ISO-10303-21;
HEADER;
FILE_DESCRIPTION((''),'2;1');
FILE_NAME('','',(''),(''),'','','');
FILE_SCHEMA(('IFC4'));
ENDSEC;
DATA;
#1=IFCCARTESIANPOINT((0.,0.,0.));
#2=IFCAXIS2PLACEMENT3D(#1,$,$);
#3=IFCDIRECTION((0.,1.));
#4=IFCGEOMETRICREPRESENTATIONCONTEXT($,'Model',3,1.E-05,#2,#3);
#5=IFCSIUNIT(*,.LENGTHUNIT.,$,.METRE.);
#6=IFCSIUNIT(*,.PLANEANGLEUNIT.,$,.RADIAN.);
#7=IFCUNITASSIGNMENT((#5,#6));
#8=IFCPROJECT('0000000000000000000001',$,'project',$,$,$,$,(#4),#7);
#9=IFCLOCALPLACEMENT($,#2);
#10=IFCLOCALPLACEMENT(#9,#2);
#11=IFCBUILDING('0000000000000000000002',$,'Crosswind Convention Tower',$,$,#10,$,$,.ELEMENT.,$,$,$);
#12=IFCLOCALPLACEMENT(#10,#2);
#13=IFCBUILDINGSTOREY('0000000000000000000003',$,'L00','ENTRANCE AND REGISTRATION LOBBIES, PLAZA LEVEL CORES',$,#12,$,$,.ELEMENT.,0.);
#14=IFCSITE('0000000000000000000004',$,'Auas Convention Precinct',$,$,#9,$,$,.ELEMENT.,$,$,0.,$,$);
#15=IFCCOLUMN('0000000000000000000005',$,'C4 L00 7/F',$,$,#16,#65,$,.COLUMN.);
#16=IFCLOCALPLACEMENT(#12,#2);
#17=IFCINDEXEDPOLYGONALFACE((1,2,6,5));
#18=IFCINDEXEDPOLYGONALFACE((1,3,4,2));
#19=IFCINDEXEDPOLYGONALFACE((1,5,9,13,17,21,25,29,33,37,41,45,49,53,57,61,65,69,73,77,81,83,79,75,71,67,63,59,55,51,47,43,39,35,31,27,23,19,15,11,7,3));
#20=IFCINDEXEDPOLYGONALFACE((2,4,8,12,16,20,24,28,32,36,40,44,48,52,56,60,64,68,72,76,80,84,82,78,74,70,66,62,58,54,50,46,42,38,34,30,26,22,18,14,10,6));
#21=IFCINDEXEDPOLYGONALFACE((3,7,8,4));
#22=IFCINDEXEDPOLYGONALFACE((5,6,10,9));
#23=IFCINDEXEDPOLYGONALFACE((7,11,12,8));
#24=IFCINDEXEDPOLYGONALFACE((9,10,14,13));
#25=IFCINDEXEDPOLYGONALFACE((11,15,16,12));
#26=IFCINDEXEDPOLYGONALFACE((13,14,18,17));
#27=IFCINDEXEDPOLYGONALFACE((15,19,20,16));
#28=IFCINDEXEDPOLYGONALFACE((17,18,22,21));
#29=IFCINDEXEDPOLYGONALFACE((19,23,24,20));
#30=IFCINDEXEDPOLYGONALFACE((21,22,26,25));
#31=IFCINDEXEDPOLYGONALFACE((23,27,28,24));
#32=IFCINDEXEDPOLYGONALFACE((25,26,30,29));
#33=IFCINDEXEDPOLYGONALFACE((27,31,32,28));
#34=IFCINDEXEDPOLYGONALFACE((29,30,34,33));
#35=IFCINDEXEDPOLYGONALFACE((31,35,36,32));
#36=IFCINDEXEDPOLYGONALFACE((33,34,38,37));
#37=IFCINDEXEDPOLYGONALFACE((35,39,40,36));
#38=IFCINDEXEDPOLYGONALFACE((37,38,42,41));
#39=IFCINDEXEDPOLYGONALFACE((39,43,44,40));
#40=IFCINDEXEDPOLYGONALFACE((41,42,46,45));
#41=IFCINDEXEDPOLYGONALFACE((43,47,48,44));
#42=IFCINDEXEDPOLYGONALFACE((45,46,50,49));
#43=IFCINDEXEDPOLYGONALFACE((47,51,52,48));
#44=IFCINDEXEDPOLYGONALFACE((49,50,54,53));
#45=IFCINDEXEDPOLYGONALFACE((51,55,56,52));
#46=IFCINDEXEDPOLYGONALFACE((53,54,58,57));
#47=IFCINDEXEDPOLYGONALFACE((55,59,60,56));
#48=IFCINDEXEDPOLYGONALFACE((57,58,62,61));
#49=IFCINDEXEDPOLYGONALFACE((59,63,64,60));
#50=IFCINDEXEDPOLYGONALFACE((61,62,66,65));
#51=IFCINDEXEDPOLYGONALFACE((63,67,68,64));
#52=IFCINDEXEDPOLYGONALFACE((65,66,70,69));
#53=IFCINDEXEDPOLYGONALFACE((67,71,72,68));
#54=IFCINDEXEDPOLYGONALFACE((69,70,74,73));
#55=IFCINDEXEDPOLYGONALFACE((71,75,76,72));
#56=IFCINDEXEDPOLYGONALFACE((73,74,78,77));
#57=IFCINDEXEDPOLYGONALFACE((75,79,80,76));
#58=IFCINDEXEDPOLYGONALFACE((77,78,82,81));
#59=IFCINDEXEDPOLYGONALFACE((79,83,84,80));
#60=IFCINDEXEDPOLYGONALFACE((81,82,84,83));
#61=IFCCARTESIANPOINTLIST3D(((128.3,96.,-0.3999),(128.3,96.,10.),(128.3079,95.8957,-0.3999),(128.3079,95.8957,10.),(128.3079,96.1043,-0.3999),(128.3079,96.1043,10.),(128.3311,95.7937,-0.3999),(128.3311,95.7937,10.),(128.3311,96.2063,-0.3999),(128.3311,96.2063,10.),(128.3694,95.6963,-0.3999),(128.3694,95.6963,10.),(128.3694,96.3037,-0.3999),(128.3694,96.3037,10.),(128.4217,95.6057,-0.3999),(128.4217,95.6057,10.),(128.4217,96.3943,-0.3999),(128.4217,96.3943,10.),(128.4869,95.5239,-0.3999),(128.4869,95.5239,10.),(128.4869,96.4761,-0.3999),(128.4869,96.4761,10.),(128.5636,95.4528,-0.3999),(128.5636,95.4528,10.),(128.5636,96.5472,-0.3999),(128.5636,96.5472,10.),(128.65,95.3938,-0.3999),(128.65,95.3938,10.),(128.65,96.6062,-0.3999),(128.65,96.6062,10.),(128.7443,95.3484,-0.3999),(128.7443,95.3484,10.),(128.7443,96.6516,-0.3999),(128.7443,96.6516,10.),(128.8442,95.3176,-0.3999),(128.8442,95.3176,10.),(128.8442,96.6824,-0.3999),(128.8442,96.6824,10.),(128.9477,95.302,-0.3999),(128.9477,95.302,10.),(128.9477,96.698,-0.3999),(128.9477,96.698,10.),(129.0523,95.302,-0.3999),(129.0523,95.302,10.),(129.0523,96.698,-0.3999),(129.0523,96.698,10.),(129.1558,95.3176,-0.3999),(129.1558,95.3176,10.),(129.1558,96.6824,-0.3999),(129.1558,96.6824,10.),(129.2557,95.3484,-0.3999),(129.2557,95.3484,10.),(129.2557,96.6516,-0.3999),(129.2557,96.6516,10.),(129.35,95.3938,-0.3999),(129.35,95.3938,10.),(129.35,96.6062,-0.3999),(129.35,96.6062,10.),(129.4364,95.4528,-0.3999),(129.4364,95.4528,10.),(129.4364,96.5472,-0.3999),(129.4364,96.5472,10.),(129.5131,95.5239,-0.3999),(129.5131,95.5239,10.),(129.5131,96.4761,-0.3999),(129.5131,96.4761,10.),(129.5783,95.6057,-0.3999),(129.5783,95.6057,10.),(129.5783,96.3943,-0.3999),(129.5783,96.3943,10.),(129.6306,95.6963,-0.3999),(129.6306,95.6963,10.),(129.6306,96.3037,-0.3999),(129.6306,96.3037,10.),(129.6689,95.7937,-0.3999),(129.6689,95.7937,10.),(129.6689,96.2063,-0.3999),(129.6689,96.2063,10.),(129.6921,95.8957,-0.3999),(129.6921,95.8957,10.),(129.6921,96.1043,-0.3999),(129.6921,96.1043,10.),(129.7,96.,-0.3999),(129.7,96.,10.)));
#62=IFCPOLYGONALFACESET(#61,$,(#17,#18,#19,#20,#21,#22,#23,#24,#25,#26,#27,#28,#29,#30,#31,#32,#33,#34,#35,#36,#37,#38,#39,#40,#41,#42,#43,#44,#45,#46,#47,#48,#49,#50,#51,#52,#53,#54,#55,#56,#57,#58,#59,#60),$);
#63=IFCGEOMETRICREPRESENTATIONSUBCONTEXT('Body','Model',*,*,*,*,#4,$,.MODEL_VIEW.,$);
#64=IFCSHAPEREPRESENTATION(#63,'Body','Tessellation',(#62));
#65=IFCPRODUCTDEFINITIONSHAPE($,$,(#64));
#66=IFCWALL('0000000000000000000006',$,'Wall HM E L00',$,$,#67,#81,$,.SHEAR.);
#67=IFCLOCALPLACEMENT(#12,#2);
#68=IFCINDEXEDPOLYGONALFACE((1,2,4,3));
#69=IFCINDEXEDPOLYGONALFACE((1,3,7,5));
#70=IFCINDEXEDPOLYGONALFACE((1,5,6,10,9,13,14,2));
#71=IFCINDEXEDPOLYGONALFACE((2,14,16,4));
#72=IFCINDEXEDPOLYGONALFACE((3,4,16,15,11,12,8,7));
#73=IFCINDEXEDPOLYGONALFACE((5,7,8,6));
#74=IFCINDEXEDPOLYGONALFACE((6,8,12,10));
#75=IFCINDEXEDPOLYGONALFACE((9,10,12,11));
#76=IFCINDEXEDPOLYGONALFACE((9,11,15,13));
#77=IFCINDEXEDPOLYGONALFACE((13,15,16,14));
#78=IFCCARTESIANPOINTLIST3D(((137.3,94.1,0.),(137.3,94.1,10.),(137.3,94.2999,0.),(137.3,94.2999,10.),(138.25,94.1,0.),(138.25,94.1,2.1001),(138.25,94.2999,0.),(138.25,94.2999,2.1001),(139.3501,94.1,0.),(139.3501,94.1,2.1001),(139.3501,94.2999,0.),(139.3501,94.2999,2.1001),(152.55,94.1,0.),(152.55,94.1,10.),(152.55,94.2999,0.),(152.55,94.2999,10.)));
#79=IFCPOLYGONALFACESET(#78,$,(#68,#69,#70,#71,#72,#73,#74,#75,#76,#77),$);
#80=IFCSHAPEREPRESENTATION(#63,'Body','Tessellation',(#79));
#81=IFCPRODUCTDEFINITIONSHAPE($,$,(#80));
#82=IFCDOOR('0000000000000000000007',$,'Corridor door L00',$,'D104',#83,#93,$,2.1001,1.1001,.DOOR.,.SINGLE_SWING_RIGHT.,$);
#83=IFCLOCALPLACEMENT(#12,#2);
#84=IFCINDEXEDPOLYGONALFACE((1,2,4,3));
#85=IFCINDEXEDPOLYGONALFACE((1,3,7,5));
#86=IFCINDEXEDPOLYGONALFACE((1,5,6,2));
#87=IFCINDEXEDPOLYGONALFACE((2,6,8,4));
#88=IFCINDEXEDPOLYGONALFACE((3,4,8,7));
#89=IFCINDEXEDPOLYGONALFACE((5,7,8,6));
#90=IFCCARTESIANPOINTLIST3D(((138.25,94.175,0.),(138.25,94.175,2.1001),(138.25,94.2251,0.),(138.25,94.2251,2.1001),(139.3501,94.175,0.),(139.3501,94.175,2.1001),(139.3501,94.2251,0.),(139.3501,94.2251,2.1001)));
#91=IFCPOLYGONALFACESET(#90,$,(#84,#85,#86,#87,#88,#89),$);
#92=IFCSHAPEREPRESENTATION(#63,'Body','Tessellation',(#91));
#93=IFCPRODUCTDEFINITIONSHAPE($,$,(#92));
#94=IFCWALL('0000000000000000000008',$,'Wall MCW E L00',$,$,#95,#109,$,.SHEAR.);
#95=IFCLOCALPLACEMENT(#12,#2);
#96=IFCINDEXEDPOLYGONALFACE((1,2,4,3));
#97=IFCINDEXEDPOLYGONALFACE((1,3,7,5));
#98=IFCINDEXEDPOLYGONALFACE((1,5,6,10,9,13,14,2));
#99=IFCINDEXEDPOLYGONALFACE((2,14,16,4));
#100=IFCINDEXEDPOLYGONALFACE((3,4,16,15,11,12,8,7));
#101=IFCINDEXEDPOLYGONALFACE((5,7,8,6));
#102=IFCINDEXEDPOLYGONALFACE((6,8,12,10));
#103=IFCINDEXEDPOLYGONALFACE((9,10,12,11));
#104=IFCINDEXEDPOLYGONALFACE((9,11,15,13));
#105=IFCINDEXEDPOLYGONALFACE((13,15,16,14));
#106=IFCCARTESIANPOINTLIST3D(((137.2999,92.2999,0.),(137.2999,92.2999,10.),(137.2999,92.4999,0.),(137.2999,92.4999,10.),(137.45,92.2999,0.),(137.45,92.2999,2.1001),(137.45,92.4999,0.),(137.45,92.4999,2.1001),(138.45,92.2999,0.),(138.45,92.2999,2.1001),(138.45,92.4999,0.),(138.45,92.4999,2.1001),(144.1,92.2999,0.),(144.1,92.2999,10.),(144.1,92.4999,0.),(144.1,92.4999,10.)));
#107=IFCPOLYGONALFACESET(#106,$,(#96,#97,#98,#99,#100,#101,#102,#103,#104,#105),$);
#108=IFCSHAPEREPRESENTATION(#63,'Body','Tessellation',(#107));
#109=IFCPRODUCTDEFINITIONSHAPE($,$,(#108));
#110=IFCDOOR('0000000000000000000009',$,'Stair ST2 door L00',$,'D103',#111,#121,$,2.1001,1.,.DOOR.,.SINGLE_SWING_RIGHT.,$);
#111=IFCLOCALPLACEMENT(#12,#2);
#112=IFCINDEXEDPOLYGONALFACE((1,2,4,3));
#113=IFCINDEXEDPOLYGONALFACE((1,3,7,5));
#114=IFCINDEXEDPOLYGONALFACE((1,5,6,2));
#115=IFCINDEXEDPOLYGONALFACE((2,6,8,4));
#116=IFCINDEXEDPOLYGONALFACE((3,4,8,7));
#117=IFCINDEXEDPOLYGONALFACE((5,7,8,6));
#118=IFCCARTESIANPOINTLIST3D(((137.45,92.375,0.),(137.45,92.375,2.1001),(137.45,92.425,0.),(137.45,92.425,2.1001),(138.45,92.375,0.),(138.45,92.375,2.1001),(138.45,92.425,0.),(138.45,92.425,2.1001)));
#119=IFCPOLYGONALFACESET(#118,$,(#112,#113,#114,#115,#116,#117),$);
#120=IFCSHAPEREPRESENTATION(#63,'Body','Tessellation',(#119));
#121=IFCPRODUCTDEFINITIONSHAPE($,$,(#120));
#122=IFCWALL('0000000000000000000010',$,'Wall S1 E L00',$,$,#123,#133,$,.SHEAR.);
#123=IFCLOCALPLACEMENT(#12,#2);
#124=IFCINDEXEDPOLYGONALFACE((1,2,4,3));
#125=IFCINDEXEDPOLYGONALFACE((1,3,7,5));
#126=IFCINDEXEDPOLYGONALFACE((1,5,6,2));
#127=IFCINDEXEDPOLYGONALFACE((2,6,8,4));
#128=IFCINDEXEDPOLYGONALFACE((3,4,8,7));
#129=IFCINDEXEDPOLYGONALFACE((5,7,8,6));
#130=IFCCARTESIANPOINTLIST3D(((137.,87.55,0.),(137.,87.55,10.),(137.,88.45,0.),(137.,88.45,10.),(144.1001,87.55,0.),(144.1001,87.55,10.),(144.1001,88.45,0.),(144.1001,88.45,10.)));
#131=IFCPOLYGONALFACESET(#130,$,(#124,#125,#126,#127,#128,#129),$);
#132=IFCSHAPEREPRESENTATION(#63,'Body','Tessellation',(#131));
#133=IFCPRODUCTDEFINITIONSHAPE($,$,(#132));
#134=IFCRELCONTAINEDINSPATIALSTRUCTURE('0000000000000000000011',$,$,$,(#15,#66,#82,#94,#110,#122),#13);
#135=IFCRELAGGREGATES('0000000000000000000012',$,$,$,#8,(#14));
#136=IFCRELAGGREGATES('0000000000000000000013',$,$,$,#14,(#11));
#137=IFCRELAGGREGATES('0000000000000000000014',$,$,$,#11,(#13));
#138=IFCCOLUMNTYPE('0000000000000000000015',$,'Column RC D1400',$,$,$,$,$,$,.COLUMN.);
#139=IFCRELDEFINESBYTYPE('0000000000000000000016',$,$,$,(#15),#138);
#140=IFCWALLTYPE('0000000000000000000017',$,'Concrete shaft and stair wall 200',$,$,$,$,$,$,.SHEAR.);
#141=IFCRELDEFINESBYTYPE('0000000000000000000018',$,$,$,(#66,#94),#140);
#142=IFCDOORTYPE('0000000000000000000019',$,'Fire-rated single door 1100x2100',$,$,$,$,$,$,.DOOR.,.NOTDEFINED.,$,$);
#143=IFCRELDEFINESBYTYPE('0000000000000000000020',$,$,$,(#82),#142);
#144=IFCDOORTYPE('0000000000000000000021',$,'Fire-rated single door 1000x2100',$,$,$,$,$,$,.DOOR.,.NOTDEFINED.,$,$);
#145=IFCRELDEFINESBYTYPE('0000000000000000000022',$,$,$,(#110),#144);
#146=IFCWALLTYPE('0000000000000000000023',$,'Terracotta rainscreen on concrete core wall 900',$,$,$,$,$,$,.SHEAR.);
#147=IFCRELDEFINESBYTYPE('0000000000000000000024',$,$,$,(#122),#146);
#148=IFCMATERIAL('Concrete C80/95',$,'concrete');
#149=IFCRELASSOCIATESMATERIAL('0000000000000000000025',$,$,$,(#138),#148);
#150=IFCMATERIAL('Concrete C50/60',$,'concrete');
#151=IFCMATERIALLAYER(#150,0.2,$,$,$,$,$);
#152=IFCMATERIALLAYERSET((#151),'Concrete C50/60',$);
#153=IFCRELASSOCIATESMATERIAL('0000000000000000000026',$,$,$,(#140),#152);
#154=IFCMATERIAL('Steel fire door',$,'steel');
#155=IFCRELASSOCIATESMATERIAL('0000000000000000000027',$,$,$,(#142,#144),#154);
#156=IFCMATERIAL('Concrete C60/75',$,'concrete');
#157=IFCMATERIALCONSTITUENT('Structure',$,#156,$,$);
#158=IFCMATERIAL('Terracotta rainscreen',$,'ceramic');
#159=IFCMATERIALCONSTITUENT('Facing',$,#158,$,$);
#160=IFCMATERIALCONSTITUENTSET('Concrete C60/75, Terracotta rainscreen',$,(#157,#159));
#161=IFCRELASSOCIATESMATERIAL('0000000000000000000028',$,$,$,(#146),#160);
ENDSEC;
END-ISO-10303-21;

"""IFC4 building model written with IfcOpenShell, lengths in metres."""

from ifc_helpers import new_model, si_unit, direction, frame, frame_2d, origin, origin_2d, place, context, subcontext, project, spatial, rectangle, circle, extrude, material, layer, layer_set, constituent, constituent_set, material_profile, profile_set, type_object, element, fill, save


model = new_model("IFC4")

# Units and contexts
model_context = context("Model", 3, precision=1e-05, world=origin(), true_north=direction((0.0, 1.0)))
body_context = subcontext(model_context, "Body", "Model", "MODEL_VIEW")
ifc_project = project(units=[si_unit("LENGTHUNIT", "METRE"), si_unit("PLANEANGLEUNIT", "RADIAN")], contexts=[model_context])

# Site, building, storey
site_placement = place(None, origin())
site = spatial("IfcSite", under=ifc_project, at=site_placement, Name="Auas Convention Precinct", CompositionType="ELEMENT", RefElevation=0.0)
building_placement = place(site_placement, origin())
building = spatial("IfcBuilding", under=site, at=building_placement, Name="Crosswind Convention Tower", CompositionType="ELEMENT")
storey_placement = place(building_placement, origin())
storey = spatial("IfcBuildingStorey", under=building, at=storey_placement, Name="L00", Description="ENTRANCE AND REGISTRATION LOBBIES, PLAZA LEVEL CORES", CompositionType="ELEMENT", Elevation=0.0)

# Column
ifc_material_1 = material(Name="Concrete C80/95", Category="concrete")
ifc_material_profile_1 = material_profile(ifc_material_1, circle(Radius=0.7, at=origin_2d()), Name="RC D1400")
ifc_profile_set_1 = profile_set([ifc_material_profile_1], Name="Concrete C80/95")
column_type = type_object("IfcColumnType", Name="Column RC D1400", PredefinedType="COLUMN", material=ifc_profile_set_1)
column_placement = place(storey_placement, frame((129.0, 96.0, -0.3999), z_axis=(0.0, 0.0, 1.0), x_axis=(1.0, 0.0, 0.0)))
element("IfcColumn", 1, at=column_placement, inside=storey, type_object=column_type, Name="C4 L00 7/F", PredefinedType="COLUMN", context=body_context, shape_type="SweptSolid", body=[
    extrude(circle(Radius=0.7, at=origin_2d()), origin(), (0.0, 0.0, 1.0), 10.3999),
])

# Shared definitions
ifc_material_2 = material(Name="Concrete C50/60", Category="concrete")

# Walls, openings, doors
ifc_layer_1 = layer(ifc_material_2, 0.2)
ifc_layer_set_1 = layer_set([ifc_layer_1], Name="Concrete C50/60")
wall_type_1 = type_object("IfcWallType", Name="Concrete shaft and stair wall 200", PredefinedType="SHEAR", material=ifc_layer_set_1)
wall_1_placement = place(storey_placement, frame((137.3, 94.2, 0.0), z_axis=(0.0, 0.0, 1.0), x_axis=(1.0, 0.0, 0.0)))
wall_1 = element("IfcWall", 2, at=wall_1_placement, inside=storey, type_object=wall_type_1, Name="Wall HM E L00", PredefinedType="SHEAR", context=body_context, shape_type="SweptSolid", body=[
    extrude(rectangle(XDim=15.25, YDim=0.2, at=frame_2d((7.625, 0.0))), origin(), (0.0, 0.0, 1.0), 10.0),
])
opening_1_placement = place(wall_1_placement, frame((0.95, 0.0, 0.0)))
opening_1 = element("IfcOpeningElement", 3, at=opening_1_placement, cuts=wall_1, PredefinedType="OPENING", context=body_context, shape_type="SweptSolid", body=[
    extrude(rectangle(XDim=1.1001, YDim=2.1001, at=frame_2d((0.55, 1.05))), frame((0.0, 0.1099, 0.0), z_axis=(0.0, -1.0, 0.0), x_axis=(1.0, 0.0, 0.0)), (0.0, 0.0, 1.0), 0.22),
])
ifc_material_3 = material(Name="Steel fire door", Category="steel")
door_type_1 = type_object("IfcDoorType", Name="Fire-rated single door 1100x2100", OperationType="NOTDEFINED", PredefinedType="DOOR", material=ifc_material_3)
door_1_placement = place(opening_1_placement, frame((1.1001, 0.0, 0.0), z_axis=(0.0, 0.0, 1.0), x_axis=(-1.0, 0.0, 0.0)))
door_1 = element("IfcDoor", 4, at=door_1_placement, inside=storey, type_object=door_type_1, Name="Corridor door L00", ObjectType="D104", OperationType="SINGLE_SWING_RIGHT", OverallHeight=2.1001, OverallWidth=1.1001, PredefinedType="DOOR", context=body_context, shape_type="SweptSolid", body=[
    extrude(rectangle(XDim=1.1001, YDim=2.1001, at=frame_2d((0.55, 1.05))), frame((0.0, 0.0249, 0.0), z_axis=(0.0, -1.0, 0.0), x_axis=(1.0, 0.0, 0.0)), (0.0, 0.0, 1.0), 0.05),
])
fill(opening_1, door_1)
wall_2_placement = place(storey_placement, frame((137.3, 92.3999, 0.0), z_axis=(0.0, 0.0, 1.0), x_axis=(1.0, 0.0, 0.0)))
wall_2 = element("IfcWall", 5, at=wall_2_placement, inside=storey, type_object=wall_type_1, Name="Wall MCW E L00", PredefinedType="SHEAR", context=body_context, shape_type="SweptSolid", body=[
    extrude(rectangle(XDim=6.8, YDim=0.2, at=frame_2d((3.3999, 0.0))), origin(), (0.0, 0.0, 1.0), 10.0),
])
opening_2_placement = place(wall_2_placement, frame((0.1499, 0.0, 0.0)))
opening_2 = element("IfcOpeningElement", 6, at=opening_2_placement, cuts=wall_2, PredefinedType="OPENING", context=body_context, shape_type="SweptSolid", body=[
    extrude(rectangle(XDim=1.0, YDim=2.1001, at=frame_2d((0.5, 1.05))), frame((0.0, 0.1099, 0.0), z_axis=(0.0, -1.0, 0.0), x_axis=(1.0, 0.0, 0.0)), (0.0, 0.0, 1.0), 0.22),
])
door_type_2 = type_object("IfcDoorType", Name="Fire-rated single door 1000x2100", OperationType="NOTDEFINED", PredefinedType="DOOR", material=ifc_material_3)
door_2_placement = place(opening_2_placement, frame((1.0, 0.0, 0.0), z_axis=(0.0, 0.0, 1.0), x_axis=(-1.0, 0.0, 0.0)))
door_2 = element("IfcDoor", 7, at=door_2_placement, inside=storey, type_object=door_type_2, Name="Stair ST2 door L00", ObjectType="D103", OperationType="SINGLE_SWING_RIGHT", OverallHeight=2.1001, OverallWidth=1.0, PredefinedType="DOOR", context=body_context, shape_type="SweptSolid", body=[
    extrude(rectangle(XDim=1.0, YDim=2.1001, at=frame_2d((0.5, 1.05))), frame((0.0, 0.0249, 0.0), z_axis=(0.0, -1.0, 0.0), x_axis=(1.0, 0.0, 0.0)), (0.0, 0.0, 1.0), 0.05),
])
fill(opening_2, door_2)

# Wall
ifc_material_4 = material(Name="Concrete C60/75", Category="concrete")
ifc_constituent_1 = constituent(ifc_material_4, Name="Structure")
ifc_material_5 = material(Name="Terracotta rainscreen", Category="ceramic")
ifc_constituent_2 = constituent(ifc_material_5, Name="Facing")
ifc_constituent_set = constituent_set(constituents=[ifc_constituent_1, ifc_constituent_2], Name="Concrete C60/75, Terracotta rainscreen")
wall_type_2 = type_object("IfcWallType", Name="Terracotta rainscreen on concrete core wall 900", PredefinedType="SHEAR", material=ifc_constituent_set)
wall_3_placement = place(storey_placement, frame((137.0, 88.0, 0.0), z_axis=(0.0, 0.0, 1.0), x_axis=(1.0, 0.0, 0.0)))
element("IfcWall", 8, at=wall_3_placement, inside=storey, type_object=wall_type_2, Name="Wall S1 E L00", PredefinedType="SHEAR", context=body_context, shape_type="SweptSolid", body=[
    extrude(rectangle(XDim=7.1001, YDim=0.8999, at=frame_2d((3.55, 0.0))), origin(), (0.0, 0.0, 1.0), 10.0),
])

save(model, "model.ifc")
